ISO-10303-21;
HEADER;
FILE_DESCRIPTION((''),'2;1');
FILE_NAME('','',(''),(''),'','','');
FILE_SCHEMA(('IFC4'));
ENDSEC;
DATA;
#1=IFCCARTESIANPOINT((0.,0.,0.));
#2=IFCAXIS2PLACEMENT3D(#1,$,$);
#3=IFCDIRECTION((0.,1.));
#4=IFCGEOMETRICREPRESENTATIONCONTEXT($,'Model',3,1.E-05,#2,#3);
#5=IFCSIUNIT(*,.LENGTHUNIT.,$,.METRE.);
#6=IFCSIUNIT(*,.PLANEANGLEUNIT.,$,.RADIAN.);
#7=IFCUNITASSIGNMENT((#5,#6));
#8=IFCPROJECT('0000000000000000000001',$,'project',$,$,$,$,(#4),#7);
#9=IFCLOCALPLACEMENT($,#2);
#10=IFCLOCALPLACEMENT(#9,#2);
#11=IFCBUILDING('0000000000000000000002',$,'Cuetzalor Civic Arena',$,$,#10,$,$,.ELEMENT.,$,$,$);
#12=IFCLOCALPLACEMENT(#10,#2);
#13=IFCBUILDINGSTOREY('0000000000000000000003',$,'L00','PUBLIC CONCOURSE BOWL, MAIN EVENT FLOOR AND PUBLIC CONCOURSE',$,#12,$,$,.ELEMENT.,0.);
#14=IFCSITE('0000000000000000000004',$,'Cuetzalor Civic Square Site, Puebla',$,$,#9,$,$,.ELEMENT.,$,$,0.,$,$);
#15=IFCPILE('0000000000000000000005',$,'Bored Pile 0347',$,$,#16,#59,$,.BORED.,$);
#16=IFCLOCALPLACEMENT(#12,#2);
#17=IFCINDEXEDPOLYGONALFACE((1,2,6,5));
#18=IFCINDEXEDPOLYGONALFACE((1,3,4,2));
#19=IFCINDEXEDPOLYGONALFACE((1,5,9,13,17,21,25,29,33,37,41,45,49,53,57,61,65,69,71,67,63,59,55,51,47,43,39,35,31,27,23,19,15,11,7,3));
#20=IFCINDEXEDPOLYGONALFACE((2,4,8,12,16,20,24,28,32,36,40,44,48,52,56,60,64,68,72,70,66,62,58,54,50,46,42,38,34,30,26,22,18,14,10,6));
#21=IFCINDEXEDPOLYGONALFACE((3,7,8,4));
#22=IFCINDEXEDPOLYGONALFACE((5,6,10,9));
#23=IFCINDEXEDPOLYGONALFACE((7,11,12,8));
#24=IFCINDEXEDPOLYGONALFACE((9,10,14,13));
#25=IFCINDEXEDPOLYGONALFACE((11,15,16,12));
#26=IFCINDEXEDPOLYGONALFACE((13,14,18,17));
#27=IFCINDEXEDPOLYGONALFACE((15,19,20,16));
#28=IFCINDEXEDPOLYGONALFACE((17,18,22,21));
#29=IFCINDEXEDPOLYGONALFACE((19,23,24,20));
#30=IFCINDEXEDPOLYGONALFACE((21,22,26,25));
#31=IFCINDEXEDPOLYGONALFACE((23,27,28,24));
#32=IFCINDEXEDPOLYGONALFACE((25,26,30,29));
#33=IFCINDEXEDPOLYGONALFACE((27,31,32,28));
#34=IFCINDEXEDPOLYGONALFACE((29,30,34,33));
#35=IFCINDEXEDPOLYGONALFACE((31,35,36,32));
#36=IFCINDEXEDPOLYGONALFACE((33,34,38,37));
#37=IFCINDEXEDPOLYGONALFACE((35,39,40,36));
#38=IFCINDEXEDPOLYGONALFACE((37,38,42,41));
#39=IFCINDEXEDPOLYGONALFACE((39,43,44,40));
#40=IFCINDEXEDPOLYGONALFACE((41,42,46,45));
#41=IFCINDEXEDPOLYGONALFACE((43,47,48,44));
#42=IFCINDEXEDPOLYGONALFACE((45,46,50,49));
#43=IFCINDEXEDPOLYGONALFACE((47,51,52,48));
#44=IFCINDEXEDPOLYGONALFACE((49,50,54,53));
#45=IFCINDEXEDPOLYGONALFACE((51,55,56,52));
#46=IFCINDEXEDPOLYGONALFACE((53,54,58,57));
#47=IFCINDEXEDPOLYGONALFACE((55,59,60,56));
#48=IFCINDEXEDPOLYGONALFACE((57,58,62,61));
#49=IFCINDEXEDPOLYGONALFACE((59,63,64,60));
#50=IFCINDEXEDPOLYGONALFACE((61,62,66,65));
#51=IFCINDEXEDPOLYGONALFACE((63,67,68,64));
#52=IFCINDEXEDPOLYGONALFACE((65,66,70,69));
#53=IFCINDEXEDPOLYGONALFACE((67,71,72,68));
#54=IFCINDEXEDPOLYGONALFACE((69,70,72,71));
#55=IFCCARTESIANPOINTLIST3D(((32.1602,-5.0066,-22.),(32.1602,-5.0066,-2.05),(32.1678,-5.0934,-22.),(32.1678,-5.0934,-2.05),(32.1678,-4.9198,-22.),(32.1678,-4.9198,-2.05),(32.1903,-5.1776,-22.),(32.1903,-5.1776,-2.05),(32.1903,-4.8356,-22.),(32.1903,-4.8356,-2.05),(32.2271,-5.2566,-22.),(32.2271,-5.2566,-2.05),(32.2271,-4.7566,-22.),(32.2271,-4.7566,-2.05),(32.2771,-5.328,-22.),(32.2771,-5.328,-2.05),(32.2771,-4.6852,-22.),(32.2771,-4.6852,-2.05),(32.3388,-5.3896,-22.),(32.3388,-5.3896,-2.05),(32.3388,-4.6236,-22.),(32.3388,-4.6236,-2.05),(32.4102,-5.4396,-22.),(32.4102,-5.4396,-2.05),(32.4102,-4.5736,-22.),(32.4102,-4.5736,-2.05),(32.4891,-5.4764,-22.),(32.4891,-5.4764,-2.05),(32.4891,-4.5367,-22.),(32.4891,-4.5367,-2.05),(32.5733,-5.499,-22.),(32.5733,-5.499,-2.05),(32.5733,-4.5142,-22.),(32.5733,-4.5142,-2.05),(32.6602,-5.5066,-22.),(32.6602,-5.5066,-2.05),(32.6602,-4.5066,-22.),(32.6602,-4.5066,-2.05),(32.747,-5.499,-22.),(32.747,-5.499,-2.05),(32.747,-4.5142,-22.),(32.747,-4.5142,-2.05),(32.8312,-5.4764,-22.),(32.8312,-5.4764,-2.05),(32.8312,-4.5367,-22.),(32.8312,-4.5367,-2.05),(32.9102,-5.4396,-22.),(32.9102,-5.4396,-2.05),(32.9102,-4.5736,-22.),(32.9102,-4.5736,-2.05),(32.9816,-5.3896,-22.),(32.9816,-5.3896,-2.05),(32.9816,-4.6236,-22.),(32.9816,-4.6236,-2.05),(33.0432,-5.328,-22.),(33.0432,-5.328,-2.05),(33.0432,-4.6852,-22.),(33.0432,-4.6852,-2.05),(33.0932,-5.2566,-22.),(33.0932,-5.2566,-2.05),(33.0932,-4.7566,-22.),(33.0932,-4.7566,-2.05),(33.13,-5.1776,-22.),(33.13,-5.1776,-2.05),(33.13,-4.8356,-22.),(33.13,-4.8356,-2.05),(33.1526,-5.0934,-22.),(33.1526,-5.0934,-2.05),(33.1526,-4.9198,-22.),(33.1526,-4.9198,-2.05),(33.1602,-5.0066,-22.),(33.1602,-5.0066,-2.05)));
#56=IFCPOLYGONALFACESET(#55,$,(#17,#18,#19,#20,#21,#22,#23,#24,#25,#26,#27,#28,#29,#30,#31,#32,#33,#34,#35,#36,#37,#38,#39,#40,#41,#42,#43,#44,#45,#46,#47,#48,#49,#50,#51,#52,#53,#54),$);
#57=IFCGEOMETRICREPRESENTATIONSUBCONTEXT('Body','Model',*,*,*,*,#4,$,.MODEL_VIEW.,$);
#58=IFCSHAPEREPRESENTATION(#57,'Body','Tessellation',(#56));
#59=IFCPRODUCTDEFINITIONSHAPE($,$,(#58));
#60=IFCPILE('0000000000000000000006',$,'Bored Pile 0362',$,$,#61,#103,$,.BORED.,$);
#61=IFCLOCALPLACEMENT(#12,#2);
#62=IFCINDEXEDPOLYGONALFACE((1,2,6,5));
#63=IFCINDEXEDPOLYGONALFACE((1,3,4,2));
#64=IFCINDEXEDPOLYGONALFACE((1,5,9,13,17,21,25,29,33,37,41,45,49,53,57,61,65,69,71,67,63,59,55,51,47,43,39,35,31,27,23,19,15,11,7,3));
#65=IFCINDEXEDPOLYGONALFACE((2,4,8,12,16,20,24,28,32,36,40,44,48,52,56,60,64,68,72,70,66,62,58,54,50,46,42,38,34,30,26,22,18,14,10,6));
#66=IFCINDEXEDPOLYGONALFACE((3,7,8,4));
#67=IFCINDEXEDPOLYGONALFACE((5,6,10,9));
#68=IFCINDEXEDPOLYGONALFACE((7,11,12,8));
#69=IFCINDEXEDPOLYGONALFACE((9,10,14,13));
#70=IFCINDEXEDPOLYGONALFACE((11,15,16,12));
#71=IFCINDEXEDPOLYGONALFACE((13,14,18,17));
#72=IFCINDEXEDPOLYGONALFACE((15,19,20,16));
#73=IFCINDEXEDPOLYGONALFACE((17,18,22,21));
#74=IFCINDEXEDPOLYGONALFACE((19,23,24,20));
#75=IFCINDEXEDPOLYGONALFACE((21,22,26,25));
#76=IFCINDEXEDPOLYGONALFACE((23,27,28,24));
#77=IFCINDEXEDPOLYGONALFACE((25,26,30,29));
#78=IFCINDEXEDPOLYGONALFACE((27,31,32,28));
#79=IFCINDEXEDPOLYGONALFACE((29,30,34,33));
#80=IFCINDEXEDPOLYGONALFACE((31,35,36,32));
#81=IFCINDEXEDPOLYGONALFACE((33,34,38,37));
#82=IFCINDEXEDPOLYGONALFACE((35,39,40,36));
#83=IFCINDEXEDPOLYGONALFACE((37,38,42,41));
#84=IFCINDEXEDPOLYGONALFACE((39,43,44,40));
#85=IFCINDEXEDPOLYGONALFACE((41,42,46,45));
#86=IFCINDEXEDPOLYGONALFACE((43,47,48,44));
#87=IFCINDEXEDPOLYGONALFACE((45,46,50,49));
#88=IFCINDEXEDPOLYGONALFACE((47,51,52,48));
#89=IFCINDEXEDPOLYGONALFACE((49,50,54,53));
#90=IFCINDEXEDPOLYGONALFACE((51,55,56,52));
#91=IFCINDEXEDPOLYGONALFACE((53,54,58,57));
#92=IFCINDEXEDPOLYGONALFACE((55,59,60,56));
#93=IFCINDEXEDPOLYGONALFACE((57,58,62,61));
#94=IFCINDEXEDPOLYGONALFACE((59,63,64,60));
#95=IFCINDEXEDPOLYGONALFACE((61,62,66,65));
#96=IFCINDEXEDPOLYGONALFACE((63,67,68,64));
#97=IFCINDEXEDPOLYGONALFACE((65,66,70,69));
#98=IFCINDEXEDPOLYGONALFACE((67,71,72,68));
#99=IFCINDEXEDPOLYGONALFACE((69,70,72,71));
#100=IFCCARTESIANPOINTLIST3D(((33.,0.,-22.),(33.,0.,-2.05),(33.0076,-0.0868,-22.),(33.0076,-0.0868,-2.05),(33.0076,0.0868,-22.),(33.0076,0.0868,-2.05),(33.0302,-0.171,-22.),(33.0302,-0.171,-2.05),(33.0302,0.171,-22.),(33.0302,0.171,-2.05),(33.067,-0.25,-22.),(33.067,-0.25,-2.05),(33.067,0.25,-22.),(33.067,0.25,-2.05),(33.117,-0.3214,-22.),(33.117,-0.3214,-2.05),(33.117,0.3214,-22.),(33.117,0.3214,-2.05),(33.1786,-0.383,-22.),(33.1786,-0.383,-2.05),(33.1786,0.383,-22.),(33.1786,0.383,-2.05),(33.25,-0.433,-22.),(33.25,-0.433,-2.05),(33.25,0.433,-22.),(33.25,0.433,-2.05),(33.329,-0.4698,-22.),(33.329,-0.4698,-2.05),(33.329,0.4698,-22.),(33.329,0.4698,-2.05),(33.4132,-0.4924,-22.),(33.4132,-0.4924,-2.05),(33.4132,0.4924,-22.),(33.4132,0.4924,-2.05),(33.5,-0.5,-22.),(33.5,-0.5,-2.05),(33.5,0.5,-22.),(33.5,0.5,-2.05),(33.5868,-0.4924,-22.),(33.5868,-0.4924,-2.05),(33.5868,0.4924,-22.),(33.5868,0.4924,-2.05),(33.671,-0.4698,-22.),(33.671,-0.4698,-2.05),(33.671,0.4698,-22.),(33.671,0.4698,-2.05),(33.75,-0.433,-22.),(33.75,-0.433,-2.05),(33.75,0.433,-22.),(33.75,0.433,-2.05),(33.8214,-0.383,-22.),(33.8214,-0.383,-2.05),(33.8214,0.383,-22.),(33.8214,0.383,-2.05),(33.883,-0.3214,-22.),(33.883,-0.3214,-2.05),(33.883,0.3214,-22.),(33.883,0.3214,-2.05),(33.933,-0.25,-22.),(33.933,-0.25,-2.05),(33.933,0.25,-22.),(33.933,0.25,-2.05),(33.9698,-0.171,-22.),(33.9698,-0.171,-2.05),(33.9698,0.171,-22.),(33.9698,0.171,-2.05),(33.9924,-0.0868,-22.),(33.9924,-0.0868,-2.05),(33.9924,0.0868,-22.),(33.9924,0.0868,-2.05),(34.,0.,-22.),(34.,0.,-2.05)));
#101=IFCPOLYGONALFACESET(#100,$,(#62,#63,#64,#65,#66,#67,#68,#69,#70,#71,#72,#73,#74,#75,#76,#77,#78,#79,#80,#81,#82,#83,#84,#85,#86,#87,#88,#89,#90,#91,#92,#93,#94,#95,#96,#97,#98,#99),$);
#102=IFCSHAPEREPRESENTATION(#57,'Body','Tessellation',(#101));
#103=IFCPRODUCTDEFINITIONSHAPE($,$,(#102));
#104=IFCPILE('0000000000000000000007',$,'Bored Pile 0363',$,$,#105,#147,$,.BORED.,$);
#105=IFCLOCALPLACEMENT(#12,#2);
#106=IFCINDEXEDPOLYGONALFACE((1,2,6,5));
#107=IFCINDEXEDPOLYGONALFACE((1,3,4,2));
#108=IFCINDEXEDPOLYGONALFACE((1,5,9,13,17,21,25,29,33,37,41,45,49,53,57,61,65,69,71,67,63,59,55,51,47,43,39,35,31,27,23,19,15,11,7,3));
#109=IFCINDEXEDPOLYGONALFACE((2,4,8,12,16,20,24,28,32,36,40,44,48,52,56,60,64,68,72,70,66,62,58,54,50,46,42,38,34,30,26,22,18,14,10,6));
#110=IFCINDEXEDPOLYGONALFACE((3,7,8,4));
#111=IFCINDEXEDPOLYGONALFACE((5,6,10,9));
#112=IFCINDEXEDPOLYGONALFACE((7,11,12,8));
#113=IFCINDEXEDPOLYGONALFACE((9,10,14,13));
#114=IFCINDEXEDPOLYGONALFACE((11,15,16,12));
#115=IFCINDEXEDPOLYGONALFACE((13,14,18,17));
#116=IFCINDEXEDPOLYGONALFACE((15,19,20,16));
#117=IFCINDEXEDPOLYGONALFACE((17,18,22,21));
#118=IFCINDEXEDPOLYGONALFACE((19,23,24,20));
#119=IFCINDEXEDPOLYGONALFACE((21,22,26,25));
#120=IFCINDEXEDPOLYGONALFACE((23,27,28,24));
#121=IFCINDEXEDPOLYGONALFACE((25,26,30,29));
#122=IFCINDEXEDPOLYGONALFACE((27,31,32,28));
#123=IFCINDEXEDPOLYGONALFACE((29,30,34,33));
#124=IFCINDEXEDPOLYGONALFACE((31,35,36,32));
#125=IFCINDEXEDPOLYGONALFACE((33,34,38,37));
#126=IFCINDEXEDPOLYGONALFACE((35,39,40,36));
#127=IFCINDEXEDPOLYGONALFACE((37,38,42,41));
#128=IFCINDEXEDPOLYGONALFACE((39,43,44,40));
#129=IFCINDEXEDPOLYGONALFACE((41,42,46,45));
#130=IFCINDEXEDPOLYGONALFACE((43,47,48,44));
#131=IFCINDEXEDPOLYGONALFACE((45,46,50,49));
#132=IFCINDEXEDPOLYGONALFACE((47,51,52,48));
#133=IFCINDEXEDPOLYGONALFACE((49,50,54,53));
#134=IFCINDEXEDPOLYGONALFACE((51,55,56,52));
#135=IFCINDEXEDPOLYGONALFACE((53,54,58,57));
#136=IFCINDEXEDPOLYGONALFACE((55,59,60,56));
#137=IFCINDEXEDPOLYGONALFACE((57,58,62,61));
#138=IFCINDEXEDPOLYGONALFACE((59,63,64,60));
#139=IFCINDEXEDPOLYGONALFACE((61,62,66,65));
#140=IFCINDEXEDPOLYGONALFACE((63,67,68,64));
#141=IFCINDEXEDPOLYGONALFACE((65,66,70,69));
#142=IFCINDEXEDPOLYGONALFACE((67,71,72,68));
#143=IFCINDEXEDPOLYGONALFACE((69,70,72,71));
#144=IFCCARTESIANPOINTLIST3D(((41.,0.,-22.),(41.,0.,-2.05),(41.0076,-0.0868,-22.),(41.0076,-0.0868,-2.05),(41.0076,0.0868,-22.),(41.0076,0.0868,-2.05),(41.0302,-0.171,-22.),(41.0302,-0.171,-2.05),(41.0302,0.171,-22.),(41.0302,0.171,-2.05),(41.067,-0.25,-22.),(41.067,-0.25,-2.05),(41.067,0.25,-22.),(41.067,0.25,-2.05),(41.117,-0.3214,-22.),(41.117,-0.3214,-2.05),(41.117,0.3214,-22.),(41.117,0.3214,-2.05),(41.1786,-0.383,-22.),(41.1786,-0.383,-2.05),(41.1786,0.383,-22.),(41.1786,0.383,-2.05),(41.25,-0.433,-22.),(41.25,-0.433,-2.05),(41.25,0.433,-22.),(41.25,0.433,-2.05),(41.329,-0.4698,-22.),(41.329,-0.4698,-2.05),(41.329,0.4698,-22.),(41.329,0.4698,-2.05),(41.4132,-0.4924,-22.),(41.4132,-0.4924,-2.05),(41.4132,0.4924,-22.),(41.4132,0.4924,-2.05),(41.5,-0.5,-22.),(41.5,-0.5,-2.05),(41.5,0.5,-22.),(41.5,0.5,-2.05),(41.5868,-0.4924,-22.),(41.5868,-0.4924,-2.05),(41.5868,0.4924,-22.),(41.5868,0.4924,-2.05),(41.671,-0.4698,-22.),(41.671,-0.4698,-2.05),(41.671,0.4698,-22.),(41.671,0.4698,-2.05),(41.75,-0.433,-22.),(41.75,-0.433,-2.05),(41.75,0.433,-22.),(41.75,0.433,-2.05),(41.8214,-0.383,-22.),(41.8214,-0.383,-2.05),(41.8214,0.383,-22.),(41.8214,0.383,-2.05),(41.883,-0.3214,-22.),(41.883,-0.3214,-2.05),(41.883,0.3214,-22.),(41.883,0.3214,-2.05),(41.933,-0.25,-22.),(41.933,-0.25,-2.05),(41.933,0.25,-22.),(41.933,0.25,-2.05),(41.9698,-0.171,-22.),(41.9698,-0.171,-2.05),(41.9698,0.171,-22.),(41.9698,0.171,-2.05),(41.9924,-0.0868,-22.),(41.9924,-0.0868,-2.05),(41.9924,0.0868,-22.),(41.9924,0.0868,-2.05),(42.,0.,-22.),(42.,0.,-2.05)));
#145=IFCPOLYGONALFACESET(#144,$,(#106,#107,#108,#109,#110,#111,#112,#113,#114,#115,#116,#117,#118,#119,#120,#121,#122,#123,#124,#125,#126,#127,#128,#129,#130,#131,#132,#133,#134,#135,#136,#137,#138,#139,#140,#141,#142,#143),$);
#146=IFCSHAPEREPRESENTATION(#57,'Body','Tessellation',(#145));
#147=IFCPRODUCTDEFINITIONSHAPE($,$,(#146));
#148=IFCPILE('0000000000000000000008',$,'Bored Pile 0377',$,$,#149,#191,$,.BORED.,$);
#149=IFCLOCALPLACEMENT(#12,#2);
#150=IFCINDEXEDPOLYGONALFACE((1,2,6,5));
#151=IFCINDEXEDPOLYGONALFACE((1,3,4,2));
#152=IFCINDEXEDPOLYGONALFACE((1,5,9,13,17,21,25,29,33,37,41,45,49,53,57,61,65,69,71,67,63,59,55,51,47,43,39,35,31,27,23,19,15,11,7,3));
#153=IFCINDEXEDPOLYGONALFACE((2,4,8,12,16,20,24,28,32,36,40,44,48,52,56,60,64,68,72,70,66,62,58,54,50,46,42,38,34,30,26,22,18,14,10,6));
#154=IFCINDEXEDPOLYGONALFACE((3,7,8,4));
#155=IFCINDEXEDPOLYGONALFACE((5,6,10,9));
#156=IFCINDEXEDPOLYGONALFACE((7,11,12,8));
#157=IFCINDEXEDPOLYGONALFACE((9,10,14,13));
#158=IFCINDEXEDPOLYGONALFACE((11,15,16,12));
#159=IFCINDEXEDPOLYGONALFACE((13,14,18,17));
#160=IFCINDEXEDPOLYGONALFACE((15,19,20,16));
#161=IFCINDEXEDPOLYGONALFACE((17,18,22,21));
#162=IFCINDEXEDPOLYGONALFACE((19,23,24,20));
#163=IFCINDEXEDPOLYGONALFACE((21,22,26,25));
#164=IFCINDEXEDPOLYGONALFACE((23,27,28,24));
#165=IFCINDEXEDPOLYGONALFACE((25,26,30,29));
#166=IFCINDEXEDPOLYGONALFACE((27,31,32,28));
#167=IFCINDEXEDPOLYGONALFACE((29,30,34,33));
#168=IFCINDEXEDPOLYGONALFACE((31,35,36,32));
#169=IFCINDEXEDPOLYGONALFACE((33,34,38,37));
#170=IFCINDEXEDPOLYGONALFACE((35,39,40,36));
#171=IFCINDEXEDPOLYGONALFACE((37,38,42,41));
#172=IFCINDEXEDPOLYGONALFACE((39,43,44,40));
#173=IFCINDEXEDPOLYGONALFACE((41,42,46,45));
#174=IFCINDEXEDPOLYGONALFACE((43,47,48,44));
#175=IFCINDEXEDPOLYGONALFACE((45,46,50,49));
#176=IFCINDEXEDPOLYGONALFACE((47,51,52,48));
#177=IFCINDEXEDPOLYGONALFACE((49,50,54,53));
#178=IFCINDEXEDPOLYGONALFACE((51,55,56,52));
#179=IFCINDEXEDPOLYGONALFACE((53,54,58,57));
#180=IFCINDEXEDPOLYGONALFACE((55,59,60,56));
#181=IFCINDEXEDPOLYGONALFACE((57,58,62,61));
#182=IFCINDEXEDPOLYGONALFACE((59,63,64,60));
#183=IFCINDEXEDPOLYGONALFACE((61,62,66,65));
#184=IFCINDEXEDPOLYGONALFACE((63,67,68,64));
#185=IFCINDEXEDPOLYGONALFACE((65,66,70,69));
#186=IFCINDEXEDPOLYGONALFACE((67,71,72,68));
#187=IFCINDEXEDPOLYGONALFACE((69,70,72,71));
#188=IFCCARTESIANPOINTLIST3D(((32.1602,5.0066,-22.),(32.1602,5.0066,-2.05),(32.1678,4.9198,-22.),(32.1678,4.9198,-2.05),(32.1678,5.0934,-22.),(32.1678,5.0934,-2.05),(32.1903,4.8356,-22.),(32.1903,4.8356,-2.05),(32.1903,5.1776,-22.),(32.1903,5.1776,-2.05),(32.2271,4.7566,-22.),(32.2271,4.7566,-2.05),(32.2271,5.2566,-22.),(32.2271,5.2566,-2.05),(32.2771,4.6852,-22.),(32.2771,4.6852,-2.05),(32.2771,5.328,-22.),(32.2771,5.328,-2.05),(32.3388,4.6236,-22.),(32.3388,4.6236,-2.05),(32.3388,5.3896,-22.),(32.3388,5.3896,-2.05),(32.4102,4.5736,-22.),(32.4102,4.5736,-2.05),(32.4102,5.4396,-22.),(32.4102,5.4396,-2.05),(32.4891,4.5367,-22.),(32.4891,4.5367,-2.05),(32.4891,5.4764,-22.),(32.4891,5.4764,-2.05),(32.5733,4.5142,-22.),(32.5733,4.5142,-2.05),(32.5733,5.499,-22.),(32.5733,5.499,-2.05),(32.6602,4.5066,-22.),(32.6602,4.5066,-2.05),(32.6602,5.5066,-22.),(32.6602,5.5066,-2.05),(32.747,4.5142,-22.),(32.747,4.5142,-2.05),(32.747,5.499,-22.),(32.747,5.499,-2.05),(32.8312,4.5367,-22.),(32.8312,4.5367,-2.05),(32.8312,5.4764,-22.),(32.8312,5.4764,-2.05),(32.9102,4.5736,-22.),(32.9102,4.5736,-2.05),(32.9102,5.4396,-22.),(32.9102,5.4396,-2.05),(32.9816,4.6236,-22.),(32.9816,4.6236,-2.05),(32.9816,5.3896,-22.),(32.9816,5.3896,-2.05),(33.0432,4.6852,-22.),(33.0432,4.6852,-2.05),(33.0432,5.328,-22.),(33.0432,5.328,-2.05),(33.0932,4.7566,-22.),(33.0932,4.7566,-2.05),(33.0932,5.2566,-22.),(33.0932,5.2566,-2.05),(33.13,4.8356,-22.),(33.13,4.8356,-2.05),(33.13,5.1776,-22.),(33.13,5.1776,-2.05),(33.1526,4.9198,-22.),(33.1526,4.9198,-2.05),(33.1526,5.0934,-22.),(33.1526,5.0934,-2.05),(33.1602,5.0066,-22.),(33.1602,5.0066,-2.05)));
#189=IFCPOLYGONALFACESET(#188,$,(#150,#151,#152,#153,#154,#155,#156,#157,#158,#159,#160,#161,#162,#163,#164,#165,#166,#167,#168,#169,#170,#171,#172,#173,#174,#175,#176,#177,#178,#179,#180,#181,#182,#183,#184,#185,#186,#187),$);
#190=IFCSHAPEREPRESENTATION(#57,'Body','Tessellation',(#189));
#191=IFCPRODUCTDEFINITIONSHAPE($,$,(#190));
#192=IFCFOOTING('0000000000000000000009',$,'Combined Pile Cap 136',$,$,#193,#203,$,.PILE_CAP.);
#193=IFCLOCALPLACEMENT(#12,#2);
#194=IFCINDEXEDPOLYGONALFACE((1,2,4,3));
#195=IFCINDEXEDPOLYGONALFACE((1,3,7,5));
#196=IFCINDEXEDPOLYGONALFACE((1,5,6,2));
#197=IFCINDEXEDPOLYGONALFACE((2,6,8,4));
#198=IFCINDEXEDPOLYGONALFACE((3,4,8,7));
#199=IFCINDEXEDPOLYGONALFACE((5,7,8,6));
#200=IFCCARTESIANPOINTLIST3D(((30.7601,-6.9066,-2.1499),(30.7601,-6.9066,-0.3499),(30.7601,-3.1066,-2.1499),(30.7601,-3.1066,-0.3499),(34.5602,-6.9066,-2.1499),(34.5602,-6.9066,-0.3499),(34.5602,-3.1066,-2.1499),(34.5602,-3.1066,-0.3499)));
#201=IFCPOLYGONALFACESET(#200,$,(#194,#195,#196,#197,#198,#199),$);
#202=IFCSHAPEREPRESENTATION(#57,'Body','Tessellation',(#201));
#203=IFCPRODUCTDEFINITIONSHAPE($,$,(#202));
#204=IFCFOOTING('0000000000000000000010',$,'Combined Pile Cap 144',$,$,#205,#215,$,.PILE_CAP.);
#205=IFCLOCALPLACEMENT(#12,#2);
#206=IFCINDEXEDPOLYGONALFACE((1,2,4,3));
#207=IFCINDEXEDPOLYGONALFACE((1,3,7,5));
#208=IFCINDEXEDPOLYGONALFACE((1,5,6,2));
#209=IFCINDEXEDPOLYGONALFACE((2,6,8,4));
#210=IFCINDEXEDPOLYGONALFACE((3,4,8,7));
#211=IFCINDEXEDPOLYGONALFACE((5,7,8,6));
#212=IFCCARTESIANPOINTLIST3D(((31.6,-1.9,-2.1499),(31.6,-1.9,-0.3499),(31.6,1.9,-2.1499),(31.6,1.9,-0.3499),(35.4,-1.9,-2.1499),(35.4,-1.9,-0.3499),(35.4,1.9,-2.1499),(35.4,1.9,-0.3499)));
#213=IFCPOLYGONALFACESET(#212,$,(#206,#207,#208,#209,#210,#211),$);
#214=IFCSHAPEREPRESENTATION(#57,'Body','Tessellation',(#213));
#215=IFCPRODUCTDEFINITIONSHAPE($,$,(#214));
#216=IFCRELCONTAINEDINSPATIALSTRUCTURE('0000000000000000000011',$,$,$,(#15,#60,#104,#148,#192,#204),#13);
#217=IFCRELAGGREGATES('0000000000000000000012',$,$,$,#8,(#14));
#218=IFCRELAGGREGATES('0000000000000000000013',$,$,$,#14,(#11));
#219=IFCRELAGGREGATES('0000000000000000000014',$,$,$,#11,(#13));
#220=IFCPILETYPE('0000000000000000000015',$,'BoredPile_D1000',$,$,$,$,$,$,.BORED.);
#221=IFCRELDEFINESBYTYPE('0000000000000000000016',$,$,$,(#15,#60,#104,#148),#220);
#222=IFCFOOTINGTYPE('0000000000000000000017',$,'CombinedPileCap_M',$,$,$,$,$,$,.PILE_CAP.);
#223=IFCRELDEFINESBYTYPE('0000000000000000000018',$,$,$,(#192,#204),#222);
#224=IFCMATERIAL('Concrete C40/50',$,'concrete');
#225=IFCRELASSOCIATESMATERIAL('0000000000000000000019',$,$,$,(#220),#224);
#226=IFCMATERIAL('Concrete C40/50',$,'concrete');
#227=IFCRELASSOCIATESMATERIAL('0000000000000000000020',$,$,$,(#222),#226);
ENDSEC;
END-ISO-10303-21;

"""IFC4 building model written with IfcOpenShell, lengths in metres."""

from ifc_helpers import new_model, si_unit, direction, frame, origin, origin_2d, place, context, subcontext, project, spatial, rectangle, circle, extrude, material, material_profile, profile_set, type_object, element, save


model = new_model("IFC4")

# Units and contexts
model_context = context("Model", 3, precision=1e-05, world=origin(), true_north=direction((0.0, 1.0)))
body_context = subcontext(model_context, "Body", "Model", "MODEL_VIEW")
ifc_project = project(units=[si_unit("LENGTHUNIT", "METRE"), si_unit("PLANEANGLEUNIT", "RADIAN")], contexts=[model_context])

# Site, building, storey
site_placement = place(None, origin())
site = spatial("IfcSite", under=ifc_project, at=site_placement, Name="Cuetzalor Civic Square Site, Puebla", CompositionType="ELEMENT", RefElevation=0.0)
building_placement = place(site_placement, origin())
building = spatial("IfcBuilding", under=site, at=building_placement, Name="Cuetzalor Civic Arena", CompositionType="ELEMENT")
storey_placement = place(building_placement, origin())
storey = spatial("IfcBuildingStorey", under=building, at=storey_placement, Name="L00", Description="PUBLIC CONCOURSE BOWL, MAIN EVENT FLOOR AND PUBLIC CONCOURSE", CompositionType="ELEMENT", Elevation=0.0)

# Piles
ifc_material_1 = material(Name="Concrete C40/50", Category="concrete")
ifc_material_profile_1 = material_profile(ifc_material_1, circle(Radius=0.5, at=origin_2d()), Name="BORED PILE D1000")
ifc_profile_set_1 = profile_set([ifc_material_profile_1], Name="Concrete C40/50")
pile_type = type_object("IfcPileType", Name="BoredPile_D1000", PredefinedType="BORED", material=ifc_profile_set_1)
for number, where, z_axis, x_axis, name in (
    (1, (32.6602, -5.0066, -2.05), (0.0, 0.0, -1.0), (1.0, 0.0, 0.0), "Bored Pile 0347"),
    (2, (33.5, 0.0, -2.05), (0.0, 0.0, -1.0), (1.0, 0.0, 0.0), "Bored Pile 0362"),
    (3, (41.5, 0.0, -2.05), (0.0, 0.0, -1.0), (1.0, 0.0, 0.0), "Bored Pile 0363"),
    (4, (32.6602, 5.0066, -2.05), (0.0, 0.0, -1.0), (1.0, 0.0, 0.0), "Bored Pile 0377"),
):
    element("IfcPile", number, at=place(storey_placement, frame(where, z_axis=z_axis, x_axis=x_axis)), inside=storey, type_object=pile_type, Name=name, PredefinedType="BORED", context=body_context, shape_type="SweptSolid", body=[
        extrude(circle(Radius=0.5, at=origin_2d()), origin(), (0.0, 0.0, 1.0), 19.95),
    ])

# Footings
ifc_material_2 = material(Name="Concrete C40/50", Category="concrete")
footing_type_1 = type_object("IfcFootingType", Name="CombinedPileCap_M", PredefinedType="PILE_CAP", material=ifc_material_2)
for number, where, z_axis, x_axis, name in (
    (5, (32.6602, -5.0066, -2.1499), (0.0, 0.0, 1.0), (1.0, 0.0, 0.0), "Combined Pile Cap 136"),
    (6, (33.5, 0.0, -2.1499), (0.0, 0.0, 1.0), (1.0, 0.0, 0.0), "Combined Pile Cap 144"),
):
    element("IfcFooting", number, at=place(storey_placement, frame(where, z_axis=z_axis, x_axis=x_axis)), inside=storey, type_object=footing_type_1, Name=name, PredefinedType="PILE_CAP", context=body_context, shape_type="SweptSolid", body=[
        extrude(rectangle(XDim=3.8, YDim=3.8, at=origin_2d()), origin(), (0.0, 0.0, 1.0), 1.8),
    ])

save(model, "model.ifc")
